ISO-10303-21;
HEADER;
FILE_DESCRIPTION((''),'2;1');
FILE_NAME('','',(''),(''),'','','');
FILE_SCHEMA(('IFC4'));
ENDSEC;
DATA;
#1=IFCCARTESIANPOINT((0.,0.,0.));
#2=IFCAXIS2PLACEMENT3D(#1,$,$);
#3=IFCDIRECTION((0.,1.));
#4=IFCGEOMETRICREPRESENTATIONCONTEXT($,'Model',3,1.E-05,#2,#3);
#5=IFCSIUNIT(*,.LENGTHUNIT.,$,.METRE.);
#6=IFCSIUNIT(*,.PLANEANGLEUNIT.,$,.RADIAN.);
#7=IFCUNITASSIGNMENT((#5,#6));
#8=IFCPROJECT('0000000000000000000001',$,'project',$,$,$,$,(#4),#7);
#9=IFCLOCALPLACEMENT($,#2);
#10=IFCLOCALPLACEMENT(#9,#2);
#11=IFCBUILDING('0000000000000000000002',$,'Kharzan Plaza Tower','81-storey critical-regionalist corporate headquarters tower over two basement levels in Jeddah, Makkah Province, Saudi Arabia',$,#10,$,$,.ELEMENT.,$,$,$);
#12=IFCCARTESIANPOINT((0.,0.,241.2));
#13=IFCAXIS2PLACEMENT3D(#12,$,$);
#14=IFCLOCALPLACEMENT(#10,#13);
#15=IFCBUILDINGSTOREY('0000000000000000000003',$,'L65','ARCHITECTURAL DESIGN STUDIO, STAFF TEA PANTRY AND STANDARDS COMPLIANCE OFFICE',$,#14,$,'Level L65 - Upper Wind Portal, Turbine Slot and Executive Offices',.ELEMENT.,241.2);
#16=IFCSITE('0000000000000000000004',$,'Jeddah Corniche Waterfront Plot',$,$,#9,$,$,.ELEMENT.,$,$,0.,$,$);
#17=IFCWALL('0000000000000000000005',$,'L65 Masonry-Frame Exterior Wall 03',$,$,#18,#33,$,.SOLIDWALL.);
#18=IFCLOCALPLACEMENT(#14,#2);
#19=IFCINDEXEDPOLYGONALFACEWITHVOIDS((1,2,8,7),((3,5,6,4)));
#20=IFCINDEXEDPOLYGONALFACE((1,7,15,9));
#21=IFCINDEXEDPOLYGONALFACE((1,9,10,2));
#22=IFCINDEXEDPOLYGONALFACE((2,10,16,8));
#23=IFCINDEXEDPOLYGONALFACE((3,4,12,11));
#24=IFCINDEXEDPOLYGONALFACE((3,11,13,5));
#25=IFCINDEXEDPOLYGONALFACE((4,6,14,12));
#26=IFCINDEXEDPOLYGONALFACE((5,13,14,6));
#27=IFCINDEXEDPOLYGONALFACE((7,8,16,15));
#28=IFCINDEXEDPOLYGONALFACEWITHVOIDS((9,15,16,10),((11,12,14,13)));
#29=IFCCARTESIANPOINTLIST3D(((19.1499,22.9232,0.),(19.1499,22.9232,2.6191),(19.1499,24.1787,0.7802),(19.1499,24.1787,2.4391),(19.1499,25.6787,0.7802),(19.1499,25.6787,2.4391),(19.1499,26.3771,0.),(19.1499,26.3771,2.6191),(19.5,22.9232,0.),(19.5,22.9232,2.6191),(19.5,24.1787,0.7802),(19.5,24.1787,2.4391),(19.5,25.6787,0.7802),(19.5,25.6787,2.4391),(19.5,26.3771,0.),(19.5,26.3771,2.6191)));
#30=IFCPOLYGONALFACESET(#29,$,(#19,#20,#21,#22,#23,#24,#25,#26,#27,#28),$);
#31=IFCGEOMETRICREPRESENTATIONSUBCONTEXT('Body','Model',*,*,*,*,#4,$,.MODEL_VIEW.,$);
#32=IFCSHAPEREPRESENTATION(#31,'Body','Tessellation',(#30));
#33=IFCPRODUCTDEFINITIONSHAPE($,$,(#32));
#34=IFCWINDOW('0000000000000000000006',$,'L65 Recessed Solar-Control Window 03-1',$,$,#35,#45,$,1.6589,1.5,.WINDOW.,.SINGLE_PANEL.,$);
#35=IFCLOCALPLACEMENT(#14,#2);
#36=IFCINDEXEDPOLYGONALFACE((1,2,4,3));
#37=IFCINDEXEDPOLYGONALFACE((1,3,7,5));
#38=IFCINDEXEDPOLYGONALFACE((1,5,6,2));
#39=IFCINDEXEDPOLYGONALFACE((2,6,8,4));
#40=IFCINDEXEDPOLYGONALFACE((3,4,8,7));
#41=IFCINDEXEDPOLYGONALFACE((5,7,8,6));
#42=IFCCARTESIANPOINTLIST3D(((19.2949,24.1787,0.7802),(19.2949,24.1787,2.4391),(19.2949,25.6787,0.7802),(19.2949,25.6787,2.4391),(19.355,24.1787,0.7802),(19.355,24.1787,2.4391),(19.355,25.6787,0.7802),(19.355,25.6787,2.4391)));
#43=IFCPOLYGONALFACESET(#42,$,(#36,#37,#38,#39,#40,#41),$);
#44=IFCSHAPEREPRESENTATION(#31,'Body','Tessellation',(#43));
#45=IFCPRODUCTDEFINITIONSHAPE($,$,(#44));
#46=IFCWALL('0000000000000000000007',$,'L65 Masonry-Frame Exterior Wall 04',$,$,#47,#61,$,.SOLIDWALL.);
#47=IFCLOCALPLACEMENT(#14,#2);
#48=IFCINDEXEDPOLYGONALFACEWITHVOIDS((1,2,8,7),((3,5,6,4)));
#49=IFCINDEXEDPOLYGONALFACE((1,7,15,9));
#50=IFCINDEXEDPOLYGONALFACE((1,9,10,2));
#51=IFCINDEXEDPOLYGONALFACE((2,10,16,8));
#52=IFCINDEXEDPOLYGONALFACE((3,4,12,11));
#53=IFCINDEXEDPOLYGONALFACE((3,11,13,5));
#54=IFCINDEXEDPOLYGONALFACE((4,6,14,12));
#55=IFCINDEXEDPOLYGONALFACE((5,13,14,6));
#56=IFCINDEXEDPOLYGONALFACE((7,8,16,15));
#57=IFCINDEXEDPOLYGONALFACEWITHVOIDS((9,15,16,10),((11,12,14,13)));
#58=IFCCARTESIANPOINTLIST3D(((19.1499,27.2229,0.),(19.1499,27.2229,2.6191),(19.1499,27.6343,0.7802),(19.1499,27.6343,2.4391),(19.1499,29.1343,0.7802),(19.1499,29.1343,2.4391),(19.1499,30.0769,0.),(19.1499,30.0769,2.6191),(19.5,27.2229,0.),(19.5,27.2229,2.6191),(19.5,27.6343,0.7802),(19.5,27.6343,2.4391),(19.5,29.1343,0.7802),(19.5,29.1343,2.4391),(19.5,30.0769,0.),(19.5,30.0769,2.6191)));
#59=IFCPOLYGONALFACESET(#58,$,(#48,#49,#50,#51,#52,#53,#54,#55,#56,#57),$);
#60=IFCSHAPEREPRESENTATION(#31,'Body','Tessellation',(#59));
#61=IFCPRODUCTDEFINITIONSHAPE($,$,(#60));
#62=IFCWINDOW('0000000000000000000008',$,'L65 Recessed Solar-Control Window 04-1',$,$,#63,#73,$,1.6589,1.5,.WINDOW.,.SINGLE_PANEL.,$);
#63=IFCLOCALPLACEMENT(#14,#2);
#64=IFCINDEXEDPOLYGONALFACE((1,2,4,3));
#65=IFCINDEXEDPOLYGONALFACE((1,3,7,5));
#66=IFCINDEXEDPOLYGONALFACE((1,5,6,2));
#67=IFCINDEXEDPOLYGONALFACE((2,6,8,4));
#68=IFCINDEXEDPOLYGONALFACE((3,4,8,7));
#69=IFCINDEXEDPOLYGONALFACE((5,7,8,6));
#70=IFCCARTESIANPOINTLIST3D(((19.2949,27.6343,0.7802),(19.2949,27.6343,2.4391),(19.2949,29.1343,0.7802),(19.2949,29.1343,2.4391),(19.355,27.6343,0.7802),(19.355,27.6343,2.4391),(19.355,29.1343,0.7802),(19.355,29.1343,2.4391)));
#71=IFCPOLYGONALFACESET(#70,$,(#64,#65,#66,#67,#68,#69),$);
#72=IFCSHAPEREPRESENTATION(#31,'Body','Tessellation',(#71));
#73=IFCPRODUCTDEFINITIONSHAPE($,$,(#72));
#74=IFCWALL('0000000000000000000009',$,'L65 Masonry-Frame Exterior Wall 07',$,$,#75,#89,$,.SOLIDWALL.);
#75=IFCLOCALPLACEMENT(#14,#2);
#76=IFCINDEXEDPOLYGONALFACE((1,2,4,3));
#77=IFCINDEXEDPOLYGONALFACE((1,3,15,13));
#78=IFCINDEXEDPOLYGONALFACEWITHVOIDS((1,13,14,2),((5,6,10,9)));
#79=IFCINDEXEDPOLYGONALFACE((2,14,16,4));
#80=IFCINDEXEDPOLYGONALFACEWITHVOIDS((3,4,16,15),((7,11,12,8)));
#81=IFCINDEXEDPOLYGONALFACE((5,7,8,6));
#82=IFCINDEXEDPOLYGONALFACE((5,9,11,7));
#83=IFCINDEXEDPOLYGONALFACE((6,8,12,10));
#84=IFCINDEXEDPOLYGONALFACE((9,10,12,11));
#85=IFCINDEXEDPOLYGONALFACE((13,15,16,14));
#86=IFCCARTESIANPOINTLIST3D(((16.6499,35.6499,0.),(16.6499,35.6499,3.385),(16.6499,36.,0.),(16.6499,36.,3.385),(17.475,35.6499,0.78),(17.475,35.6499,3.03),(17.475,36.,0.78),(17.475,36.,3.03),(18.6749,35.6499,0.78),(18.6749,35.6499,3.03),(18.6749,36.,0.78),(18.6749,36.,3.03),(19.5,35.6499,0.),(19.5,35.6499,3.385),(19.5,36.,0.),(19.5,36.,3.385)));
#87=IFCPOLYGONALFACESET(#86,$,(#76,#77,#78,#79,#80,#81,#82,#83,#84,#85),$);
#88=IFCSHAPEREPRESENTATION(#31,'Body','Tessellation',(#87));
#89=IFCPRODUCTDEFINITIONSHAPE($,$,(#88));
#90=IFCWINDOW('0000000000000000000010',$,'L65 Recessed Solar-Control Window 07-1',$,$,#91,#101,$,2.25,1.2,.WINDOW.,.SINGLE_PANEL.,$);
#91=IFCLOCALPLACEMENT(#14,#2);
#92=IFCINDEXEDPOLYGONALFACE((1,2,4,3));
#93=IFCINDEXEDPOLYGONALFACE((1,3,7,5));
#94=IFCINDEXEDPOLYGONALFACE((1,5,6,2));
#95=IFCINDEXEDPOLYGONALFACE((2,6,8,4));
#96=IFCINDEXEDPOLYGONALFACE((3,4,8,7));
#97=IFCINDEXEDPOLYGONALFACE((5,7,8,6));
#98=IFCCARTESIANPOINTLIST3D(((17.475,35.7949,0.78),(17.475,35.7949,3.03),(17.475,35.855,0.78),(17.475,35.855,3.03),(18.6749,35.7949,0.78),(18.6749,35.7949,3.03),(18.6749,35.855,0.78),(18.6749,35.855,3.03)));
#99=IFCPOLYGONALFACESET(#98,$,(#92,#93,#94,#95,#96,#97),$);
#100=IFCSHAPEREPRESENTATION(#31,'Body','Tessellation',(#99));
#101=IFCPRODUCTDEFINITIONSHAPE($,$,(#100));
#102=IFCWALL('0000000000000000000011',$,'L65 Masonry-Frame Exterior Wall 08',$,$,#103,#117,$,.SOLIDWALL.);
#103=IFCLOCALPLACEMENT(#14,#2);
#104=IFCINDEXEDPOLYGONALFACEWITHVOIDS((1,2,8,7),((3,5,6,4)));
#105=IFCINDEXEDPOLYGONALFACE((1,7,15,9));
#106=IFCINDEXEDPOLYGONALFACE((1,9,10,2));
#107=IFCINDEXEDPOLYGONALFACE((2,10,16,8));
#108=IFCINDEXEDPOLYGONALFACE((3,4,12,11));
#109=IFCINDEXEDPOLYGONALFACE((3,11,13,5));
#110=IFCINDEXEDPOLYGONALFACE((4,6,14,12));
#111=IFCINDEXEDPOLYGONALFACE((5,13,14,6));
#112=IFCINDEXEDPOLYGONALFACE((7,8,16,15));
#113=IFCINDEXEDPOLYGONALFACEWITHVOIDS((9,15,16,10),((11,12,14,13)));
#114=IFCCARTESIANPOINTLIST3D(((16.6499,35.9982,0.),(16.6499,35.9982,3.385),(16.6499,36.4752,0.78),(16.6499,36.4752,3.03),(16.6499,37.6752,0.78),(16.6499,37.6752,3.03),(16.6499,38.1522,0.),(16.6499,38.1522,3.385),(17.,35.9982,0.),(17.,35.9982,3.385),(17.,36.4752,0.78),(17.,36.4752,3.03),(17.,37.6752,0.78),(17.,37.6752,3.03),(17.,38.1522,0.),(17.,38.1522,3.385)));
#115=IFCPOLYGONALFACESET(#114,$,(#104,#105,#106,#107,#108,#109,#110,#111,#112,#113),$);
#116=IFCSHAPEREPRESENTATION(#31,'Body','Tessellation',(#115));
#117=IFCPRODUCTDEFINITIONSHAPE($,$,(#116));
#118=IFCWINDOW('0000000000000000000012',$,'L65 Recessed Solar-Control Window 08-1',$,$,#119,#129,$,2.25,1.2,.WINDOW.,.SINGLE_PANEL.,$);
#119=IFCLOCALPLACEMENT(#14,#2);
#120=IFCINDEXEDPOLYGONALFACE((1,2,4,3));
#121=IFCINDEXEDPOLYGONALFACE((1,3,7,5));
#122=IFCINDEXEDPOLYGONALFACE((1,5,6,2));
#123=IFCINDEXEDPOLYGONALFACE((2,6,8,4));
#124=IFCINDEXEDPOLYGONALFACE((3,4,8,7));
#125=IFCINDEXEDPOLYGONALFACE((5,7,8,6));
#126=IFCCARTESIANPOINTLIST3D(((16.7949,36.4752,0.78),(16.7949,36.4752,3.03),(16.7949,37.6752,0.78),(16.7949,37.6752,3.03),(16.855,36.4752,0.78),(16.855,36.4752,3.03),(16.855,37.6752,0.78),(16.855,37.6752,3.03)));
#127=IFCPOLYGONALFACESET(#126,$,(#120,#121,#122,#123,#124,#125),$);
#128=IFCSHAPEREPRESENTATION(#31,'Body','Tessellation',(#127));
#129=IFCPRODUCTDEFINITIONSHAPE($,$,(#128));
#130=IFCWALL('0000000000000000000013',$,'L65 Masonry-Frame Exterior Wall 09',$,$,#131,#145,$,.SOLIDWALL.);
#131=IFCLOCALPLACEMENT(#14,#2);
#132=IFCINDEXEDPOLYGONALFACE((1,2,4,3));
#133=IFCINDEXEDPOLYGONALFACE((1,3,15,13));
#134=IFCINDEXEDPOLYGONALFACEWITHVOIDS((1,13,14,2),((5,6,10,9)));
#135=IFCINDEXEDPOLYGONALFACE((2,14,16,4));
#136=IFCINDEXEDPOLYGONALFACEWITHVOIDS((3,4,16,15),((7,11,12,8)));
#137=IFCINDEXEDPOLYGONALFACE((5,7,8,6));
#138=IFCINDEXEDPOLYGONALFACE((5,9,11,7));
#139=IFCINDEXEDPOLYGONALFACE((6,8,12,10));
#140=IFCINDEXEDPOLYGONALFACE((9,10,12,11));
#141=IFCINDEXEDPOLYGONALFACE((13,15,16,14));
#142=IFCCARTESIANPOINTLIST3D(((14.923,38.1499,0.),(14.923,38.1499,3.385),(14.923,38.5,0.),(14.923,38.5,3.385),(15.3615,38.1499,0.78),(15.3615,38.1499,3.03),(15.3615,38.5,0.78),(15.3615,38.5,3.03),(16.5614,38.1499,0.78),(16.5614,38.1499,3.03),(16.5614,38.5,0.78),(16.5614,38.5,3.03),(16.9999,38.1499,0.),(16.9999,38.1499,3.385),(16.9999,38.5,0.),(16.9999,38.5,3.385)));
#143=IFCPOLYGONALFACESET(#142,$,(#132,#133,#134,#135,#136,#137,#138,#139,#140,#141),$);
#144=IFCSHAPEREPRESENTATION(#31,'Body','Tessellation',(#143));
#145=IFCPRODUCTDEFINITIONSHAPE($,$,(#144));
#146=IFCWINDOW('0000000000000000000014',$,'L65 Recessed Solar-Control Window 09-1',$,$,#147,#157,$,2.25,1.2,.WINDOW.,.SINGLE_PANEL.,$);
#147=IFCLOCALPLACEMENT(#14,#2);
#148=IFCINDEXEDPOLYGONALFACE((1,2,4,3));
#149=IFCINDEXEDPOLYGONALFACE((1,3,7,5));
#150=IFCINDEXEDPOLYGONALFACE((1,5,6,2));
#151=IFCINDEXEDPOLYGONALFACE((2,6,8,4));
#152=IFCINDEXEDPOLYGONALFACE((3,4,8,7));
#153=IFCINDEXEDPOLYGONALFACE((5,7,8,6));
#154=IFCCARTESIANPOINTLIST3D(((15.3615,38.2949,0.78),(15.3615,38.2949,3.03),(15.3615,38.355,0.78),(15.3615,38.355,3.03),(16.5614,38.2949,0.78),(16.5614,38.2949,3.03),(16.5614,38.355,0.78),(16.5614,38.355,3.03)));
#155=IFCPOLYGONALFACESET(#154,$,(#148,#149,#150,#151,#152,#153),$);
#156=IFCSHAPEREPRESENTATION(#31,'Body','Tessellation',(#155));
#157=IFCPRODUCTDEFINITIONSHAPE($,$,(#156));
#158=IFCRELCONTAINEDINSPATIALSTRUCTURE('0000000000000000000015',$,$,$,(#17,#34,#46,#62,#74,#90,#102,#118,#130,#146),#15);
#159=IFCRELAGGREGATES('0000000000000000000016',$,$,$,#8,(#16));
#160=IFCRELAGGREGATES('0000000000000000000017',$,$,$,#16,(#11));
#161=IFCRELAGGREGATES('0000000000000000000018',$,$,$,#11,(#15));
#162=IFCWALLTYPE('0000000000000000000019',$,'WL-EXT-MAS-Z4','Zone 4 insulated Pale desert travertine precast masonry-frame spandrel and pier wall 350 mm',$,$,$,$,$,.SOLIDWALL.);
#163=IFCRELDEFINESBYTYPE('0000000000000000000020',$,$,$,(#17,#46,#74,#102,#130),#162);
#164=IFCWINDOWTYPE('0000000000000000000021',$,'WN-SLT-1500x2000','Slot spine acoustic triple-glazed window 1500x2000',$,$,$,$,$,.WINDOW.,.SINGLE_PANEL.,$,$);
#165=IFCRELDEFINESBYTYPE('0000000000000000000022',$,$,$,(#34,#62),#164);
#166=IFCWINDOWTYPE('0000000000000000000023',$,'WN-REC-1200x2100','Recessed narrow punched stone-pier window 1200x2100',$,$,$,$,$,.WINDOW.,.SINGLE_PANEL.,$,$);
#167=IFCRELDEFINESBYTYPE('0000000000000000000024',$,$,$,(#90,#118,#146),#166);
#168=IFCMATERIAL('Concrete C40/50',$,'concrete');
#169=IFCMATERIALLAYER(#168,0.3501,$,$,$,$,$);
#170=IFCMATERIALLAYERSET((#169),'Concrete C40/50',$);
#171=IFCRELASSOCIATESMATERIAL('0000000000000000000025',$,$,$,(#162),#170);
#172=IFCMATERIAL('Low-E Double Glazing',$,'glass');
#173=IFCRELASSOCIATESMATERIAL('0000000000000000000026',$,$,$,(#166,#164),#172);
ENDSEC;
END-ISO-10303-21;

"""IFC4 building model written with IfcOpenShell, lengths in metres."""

from ifc_helpers import new_model, si_unit, direction, frame, frame_2d, origin, place, context, subcontext, project, spatial, rectangle, extrude, source, transform, mapped, material, layer, layer_set, type_object, element, fill, save


model = new_model("IFC4")

# Units and contexts
model_context = context("Model", 3, precision=1e-05, world=origin(), true_north=direction((0.0, 1.0)))
body_context = subcontext(model_context, "Body", "Model", "MODEL_VIEW")
ifc_project = project(units=[si_unit("LENGTHUNIT", "METRE"), si_unit("PLANEANGLEUNIT", "RADIAN")], contexts=[model_context])

# Site, building, storey
site_placement = place(None, origin())
site = spatial("IfcSite", under=ifc_project, at=site_placement, Name="Jeddah Corniche Waterfront Plot", CompositionType="ELEMENT", RefElevation=0.0)
building_placement = place(site_placement, origin())
building = spatial("IfcBuilding", under=site, at=building_placement, Name="Kharzan Plaza Tower", Description="81-storey critical-regionalist corporate headquarters tower over two basement levels in Jeddah, Makkah Province, Saudi Arabia", CompositionType="ELEMENT")
storey_placement = place(building_placement, frame((0.0, 0.0, 241.2)))
storey = spatial("IfcBuildingStorey", under=building, at=storey_placement, Name="L65", Description="ARCHITECTURAL DESIGN STUDIO, STAFF TEA PANTRY AND STANDARDS COMPLIANCE OFFICE", LongName="Level L65 - Upper Wind Portal, Turbine Slot and Executive Offices", CompositionType="ELEMENT", Elevation=241.2)

# Walls, openings, windows
ifc_material_1 = material(Name="Concrete C40/50", Category="concrete")
ifc_layer_1 = layer(ifc_material_1, 0.3501)
ifc_layer_set_1 = layer_set([ifc_layer_1], Name="Concrete C40/50")
wall_type_1 = type_object("IfcWallType", Name="WL-EXT-MAS-Z4", Description="Zone 4 insulated Pale desert travertine precast masonry-frame spandrel and pier wall 350 mm", PredefinedType="SOLIDWALL", material=ifc_layer_set_1)
ifc_material_2 = material(Name="Low-E Double Glazing", Category="glass")
window_type_1 = type_object("IfcWindowType", Name="WN-REC-1200x2100", Description="Recessed narrow punched stone-pier window 1200x2100", PartitioningType="SINGLE_PANEL", PredefinedType="WINDOW", material=ifc_material_2)
wall_1_placement = place(storey_placement, frame((19.325, 22.9231, 0.0), z_axis=(0.0, 0.0, 1.0), x_axis=(0.0, 1.0, 0.0)))
wall_1 = element("IfcWall", 1, at=wall_1_placement, inside=storey, type_object=wall_type_1, Name="L65 Masonry-Frame Exterior Wall 03", PredefinedType="SOLIDWALL", context=body_context, shape_type="SweptSolid", body=[
    extrude(rectangle(XDim=3.4539, YDim=0.3501, at=frame_2d((1.7271, 0.0))), origin(), (0.0, 0.0, 1.0), 2.6191),
])
opening_1_placement = place(wall_1_placement, frame((1.2556, 0.0, 0.78)))
opening_1 = element("IfcOpeningElement", 2, at=opening_1_placement, cuts=wall_1, PredefinedType="OPENING", context=body_context, shape_type="SweptSolid", body=[
    extrude(rectangle(XDim=1.5, YDim=1.6589, at=frame_2d((0.75, 0.8296))), frame((0.0, 0.1851, 0.0), z_axis=(0.0, -1.0, 0.0), x_axis=(1.0, 0.0, 0.0)), (0.0, 0.0, 1.0), 0.3701),
])
window_type_2 = type_object("IfcWindowType", Name="WN-SLT-1500x2000", Description="Slot spine acoustic triple-glazed window 1500x2000", PartitioningType="SINGLE_PANEL", PredefinedType="WINDOW", material=ifc_material_2)
shared_shape_1 = source(origin(), body_context, "Body", "SweptSolid", [
    extrude(rectangle(XDim=1.5, YDim=1.6589, at=frame_2d((0.75, 0.8296))), frame((0.0, 0.03, 0.0), z_axis=(0.0, -1.0, 0.0), x_axis=(1.0, 0.0, 0.0)), (0.0, 0.0, 1.0), 0.0601),
])
window_1_placement = place(opening_1_placement, origin())
window_1 = element("IfcWindow", 3, at=window_1_placement, inside=storey, type_object=window_type_2, Name="L65 Recessed Solar-Control Window 03-1", OverallHeight=1.6589, OverallWidth=1.5, PartitioningType="SINGLE_PANEL", PredefinedType="WINDOW", context=body_context, shape_type="MappedRepresentation", body=[
    mapped(shared_shape_1, transform((0.0, 0.0, 0.0), x_axis=(1.0, 0.0, 0.0), y_axis=(0.0, 1.0, 0.0), z_axis=(0.0, 0.0, 1.0))),
])
fill(opening_1, window_1)
wall_2_placement = place(storey_placement, frame((19.325, 27.2229, 0.0), z_axis=(0.0, 0.0, 1.0), x_axis=(0.0, 1.0, 0.0)))
wall_2 = element("IfcWall", 4, at=wall_2_placement, inside=storey, type_object=wall_type_1, Name="L65 Masonry-Frame Exterior Wall 04", PredefinedType="SOLIDWALL", context=body_context, shape_type="SweptSolid", body=[
    extrude(rectangle(XDim=2.854, YDim=0.3501, at=frame_2d((1.427, 0.0))), origin(), (0.0, 0.0, 1.0), 2.6191),
])
opening_2_placement = place(wall_2_placement, frame((0.4114, 0.0, 0.78)))
opening_2 = element("IfcOpeningElement", 5, at=opening_2_placement, cuts=wall_2, PredefinedType="OPENING", context=body_context, shape_type="SweptSolid", body=[
    extrude(rectangle(XDim=1.5, YDim=1.6589, at=frame_2d((0.75, 0.8296))), frame((0.0, 0.1851, 0.0), z_axis=(0.0, -1.0, 0.0), x_axis=(1.0, 0.0, 0.0)), (0.0, 0.0, 1.0), 0.3701),
])
window_2_placement = place(opening_2_placement, origin())
window_2 = element("IfcWindow", 6, at=window_2_placement, inside=storey, type_object=window_type_2, Name="L65 Recessed Solar-Control Window 04-1", OverallHeight=1.6589, OverallWidth=1.5, PartitioningType="SINGLE_PANEL", PredefinedType="WINDOW", context=body_context, shape_type="MappedRepresentation", body=[
    mapped(shared_shape_1, transform((0.0, 0.0, 0.0), x_axis=(1.0, 0.0, 0.0), y_axis=(0.0, 1.0, 0.0), z_axis=(0.0, 0.0, 1.0))),
])
fill(opening_2, window_2)
wall_3_placement = place(storey_placement, frame((19.5, 35.825, 0.0), z_axis=(0.0, 0.0, 1.0), x_axis=(-1.0, 0.0, 0.0)))
wall_3 = element("IfcWall", 7, at=wall_3_placement, inside=storey, type_object=wall_type_1, Name="L65 Masonry-Frame Exterior Wall 07", PredefinedType="SOLIDWALL", context=body_context, shape_type="SweptSolid", body=[
    extrude(rectangle(XDim=2.8501, YDim=0.3501, at=frame_2d((1.425, 0.0))), origin(), (0.0, 0.0, 1.0), 3.385),
])
opening_3_placement = place(wall_3_placement, frame((0.825, 0.0, 0.78)))
opening_3 = element("IfcOpeningElement", 8, at=opening_3_placement, cuts=wall_3, PredefinedType="OPENING", context=body_context, shape_type="SweptSolid", body=[
    extrude(rectangle(XDim=1.2, YDim=2.25, at=frame_2d((0.6001, 1.125))), frame((0.0, 0.1851, 0.0), z_axis=(0.0, -1.0, 0.0), x_axis=(1.0, 0.0, 0.0)), (0.0, 0.0, 1.0), 0.3701),
])
shared_shape_2 = source(origin(), body_context, "Body", "SweptSolid", [
    extrude(rectangle(XDim=1.2, YDim=2.25, at=frame_2d((0.6001, 1.125))), frame((0.0, 0.03, 0.0), z_axis=(0.0, -1.0, 0.0), x_axis=(1.0, 0.0, 0.0)), (0.0, 0.0, 1.0), 0.0601),
])
window_3_placement = place(opening_3_placement, origin())
window_3 = element("IfcWindow", 9, at=window_3_placement, inside=storey, type_object=window_type_1, Name="L65 Recessed Solar-Control Window 07-1", OverallHeight=2.25, OverallWidth=1.2, PartitioningType="SINGLE_PANEL", PredefinedType="WINDOW", context=body_context, shape_type="MappedRepresentation", body=[
    mapped(shared_shape_2, transform((0.0, 0.0, 0.0), x_axis=(1.0, 0.0, 0.0), y_axis=(0.0, 1.0, 0.0), z_axis=(0.0, 0.0, 1.0))),
])
fill(opening_3, window_3)
wall_4_placement = place(storey_placement, frame((16.825, 35.998, 0.0), z_axis=(0.0, 0.0, 1.0), x_axis=(0.0, 1.0, 0.0)))
wall_4 = element("IfcWall", 10, at=wall_4_placement, inside=storey, type_object=wall_type_1, Name="L65 Masonry-Frame Exterior Wall 08", PredefinedType="SOLIDWALL", context=body_context, shape_type="SweptSolid", body=[
    extrude(rectangle(XDim=2.1541, YDim=0.3501, at=frame_2d((1.0771, 0.0))), origin(), (0.0, 0.0, 1.0), 3.385),
])
opening_4_placement = place(wall_4_placement, frame((0.4771, 0.0, 0.78)))
opening_4 = element("IfcOpeningElement", 11, at=opening_4_placement, cuts=wall_4, PredefinedType="OPENING", context=body_context, shape_type="SweptSolid", body=[
    extrude(rectangle(XDim=1.2, YDim=2.25, at=frame_2d((0.6001, 1.125))), frame((0.0, 0.1851, 0.0), z_axis=(0.0, -1.0, 0.0), x_axis=(1.0, 0.0, 0.0)), (0.0, 0.0, 1.0), 0.3701),
])
window_4_placement = place(opening_4_placement, origin())
window_4 = element("IfcWindow", 12, at=window_4_placement, inside=storey, type_object=window_type_1, Name="L65 Recessed Solar-Control Window 08-1", OverallHeight=2.25, OverallWidth=1.2, PartitioningType="SINGLE_PANEL", PredefinedType="WINDOW", context=body_context, shape_type="MappedRepresentation", body=[
    mapped(shared_shape_2, transform((0.0, 0.0, 0.0), x_axis=(1.0, 0.0, 0.0), y_axis=(0.0, 1.0, 0.0), z_axis=(0.0, 0.0, 1.0))),
])
fill(opening_4, window_4)
wall_5_placement = place(storey_placement, frame((17.0, 38.325, 0.0), z_axis=(0.0, 0.0, 1.0), x_axis=(-1.0, 0.0, 0.0)))
wall_5 = element("IfcWall", 13, at=wall_5_placement, inside=storey, type_object=wall_type_1, Name="L65 Masonry-Frame Exterior Wall 09", PredefinedType="SOLIDWALL", context=body_context, shape_type="SweptSolid", body=[
    extrude(rectangle(XDim=2.0769, YDim=0.3501, at=frame_2d((1.0386, 0.0))), origin(), (0.0, 0.0, 1.0), 3.385),
])
opening_5_placement = place(wall_5_placement, frame((0.4385, 0.0, 0.78)))
opening_5 = element("IfcOpeningElement", 14, at=opening_5_placement, cuts=wall_5, PredefinedType="OPENING", context=body_context, shape_type="SweptSolid", body=[
    extrude(rectangle(XDim=1.2, YDim=2.25, at=frame_2d((0.6001, 1.125))), frame((0.0, 0.1851, 0.0), z_axis=(0.0, -1.0, 0.0), x_axis=(1.0, 0.0, 0.0)), (0.0, 0.0, 1.0), 0.3701),
])
window_5_placement = place(opening_5_placement, origin())
window_5 = element("IfcWindow", 15, at=window_5_placement, inside=storey, type_object=window_type_1, Name="L65 Recessed Solar-Control Window 09-1", OverallHeight=2.25, OverallWidth=1.2, PartitioningType="SINGLE_PANEL", PredefinedType="WINDOW", context=body_context, shape_type="MappedRepresentation", body=[
    mapped(shared_shape_2, transform((0.0, 0.0, 0.0), x_axis=(1.0, 0.0, 0.0), y_axis=(0.0, 1.0, 0.0), z_axis=(0.0, 0.0, 1.0))),
])
fill(opening_5, window_5)

save(model, "model.ifc")
